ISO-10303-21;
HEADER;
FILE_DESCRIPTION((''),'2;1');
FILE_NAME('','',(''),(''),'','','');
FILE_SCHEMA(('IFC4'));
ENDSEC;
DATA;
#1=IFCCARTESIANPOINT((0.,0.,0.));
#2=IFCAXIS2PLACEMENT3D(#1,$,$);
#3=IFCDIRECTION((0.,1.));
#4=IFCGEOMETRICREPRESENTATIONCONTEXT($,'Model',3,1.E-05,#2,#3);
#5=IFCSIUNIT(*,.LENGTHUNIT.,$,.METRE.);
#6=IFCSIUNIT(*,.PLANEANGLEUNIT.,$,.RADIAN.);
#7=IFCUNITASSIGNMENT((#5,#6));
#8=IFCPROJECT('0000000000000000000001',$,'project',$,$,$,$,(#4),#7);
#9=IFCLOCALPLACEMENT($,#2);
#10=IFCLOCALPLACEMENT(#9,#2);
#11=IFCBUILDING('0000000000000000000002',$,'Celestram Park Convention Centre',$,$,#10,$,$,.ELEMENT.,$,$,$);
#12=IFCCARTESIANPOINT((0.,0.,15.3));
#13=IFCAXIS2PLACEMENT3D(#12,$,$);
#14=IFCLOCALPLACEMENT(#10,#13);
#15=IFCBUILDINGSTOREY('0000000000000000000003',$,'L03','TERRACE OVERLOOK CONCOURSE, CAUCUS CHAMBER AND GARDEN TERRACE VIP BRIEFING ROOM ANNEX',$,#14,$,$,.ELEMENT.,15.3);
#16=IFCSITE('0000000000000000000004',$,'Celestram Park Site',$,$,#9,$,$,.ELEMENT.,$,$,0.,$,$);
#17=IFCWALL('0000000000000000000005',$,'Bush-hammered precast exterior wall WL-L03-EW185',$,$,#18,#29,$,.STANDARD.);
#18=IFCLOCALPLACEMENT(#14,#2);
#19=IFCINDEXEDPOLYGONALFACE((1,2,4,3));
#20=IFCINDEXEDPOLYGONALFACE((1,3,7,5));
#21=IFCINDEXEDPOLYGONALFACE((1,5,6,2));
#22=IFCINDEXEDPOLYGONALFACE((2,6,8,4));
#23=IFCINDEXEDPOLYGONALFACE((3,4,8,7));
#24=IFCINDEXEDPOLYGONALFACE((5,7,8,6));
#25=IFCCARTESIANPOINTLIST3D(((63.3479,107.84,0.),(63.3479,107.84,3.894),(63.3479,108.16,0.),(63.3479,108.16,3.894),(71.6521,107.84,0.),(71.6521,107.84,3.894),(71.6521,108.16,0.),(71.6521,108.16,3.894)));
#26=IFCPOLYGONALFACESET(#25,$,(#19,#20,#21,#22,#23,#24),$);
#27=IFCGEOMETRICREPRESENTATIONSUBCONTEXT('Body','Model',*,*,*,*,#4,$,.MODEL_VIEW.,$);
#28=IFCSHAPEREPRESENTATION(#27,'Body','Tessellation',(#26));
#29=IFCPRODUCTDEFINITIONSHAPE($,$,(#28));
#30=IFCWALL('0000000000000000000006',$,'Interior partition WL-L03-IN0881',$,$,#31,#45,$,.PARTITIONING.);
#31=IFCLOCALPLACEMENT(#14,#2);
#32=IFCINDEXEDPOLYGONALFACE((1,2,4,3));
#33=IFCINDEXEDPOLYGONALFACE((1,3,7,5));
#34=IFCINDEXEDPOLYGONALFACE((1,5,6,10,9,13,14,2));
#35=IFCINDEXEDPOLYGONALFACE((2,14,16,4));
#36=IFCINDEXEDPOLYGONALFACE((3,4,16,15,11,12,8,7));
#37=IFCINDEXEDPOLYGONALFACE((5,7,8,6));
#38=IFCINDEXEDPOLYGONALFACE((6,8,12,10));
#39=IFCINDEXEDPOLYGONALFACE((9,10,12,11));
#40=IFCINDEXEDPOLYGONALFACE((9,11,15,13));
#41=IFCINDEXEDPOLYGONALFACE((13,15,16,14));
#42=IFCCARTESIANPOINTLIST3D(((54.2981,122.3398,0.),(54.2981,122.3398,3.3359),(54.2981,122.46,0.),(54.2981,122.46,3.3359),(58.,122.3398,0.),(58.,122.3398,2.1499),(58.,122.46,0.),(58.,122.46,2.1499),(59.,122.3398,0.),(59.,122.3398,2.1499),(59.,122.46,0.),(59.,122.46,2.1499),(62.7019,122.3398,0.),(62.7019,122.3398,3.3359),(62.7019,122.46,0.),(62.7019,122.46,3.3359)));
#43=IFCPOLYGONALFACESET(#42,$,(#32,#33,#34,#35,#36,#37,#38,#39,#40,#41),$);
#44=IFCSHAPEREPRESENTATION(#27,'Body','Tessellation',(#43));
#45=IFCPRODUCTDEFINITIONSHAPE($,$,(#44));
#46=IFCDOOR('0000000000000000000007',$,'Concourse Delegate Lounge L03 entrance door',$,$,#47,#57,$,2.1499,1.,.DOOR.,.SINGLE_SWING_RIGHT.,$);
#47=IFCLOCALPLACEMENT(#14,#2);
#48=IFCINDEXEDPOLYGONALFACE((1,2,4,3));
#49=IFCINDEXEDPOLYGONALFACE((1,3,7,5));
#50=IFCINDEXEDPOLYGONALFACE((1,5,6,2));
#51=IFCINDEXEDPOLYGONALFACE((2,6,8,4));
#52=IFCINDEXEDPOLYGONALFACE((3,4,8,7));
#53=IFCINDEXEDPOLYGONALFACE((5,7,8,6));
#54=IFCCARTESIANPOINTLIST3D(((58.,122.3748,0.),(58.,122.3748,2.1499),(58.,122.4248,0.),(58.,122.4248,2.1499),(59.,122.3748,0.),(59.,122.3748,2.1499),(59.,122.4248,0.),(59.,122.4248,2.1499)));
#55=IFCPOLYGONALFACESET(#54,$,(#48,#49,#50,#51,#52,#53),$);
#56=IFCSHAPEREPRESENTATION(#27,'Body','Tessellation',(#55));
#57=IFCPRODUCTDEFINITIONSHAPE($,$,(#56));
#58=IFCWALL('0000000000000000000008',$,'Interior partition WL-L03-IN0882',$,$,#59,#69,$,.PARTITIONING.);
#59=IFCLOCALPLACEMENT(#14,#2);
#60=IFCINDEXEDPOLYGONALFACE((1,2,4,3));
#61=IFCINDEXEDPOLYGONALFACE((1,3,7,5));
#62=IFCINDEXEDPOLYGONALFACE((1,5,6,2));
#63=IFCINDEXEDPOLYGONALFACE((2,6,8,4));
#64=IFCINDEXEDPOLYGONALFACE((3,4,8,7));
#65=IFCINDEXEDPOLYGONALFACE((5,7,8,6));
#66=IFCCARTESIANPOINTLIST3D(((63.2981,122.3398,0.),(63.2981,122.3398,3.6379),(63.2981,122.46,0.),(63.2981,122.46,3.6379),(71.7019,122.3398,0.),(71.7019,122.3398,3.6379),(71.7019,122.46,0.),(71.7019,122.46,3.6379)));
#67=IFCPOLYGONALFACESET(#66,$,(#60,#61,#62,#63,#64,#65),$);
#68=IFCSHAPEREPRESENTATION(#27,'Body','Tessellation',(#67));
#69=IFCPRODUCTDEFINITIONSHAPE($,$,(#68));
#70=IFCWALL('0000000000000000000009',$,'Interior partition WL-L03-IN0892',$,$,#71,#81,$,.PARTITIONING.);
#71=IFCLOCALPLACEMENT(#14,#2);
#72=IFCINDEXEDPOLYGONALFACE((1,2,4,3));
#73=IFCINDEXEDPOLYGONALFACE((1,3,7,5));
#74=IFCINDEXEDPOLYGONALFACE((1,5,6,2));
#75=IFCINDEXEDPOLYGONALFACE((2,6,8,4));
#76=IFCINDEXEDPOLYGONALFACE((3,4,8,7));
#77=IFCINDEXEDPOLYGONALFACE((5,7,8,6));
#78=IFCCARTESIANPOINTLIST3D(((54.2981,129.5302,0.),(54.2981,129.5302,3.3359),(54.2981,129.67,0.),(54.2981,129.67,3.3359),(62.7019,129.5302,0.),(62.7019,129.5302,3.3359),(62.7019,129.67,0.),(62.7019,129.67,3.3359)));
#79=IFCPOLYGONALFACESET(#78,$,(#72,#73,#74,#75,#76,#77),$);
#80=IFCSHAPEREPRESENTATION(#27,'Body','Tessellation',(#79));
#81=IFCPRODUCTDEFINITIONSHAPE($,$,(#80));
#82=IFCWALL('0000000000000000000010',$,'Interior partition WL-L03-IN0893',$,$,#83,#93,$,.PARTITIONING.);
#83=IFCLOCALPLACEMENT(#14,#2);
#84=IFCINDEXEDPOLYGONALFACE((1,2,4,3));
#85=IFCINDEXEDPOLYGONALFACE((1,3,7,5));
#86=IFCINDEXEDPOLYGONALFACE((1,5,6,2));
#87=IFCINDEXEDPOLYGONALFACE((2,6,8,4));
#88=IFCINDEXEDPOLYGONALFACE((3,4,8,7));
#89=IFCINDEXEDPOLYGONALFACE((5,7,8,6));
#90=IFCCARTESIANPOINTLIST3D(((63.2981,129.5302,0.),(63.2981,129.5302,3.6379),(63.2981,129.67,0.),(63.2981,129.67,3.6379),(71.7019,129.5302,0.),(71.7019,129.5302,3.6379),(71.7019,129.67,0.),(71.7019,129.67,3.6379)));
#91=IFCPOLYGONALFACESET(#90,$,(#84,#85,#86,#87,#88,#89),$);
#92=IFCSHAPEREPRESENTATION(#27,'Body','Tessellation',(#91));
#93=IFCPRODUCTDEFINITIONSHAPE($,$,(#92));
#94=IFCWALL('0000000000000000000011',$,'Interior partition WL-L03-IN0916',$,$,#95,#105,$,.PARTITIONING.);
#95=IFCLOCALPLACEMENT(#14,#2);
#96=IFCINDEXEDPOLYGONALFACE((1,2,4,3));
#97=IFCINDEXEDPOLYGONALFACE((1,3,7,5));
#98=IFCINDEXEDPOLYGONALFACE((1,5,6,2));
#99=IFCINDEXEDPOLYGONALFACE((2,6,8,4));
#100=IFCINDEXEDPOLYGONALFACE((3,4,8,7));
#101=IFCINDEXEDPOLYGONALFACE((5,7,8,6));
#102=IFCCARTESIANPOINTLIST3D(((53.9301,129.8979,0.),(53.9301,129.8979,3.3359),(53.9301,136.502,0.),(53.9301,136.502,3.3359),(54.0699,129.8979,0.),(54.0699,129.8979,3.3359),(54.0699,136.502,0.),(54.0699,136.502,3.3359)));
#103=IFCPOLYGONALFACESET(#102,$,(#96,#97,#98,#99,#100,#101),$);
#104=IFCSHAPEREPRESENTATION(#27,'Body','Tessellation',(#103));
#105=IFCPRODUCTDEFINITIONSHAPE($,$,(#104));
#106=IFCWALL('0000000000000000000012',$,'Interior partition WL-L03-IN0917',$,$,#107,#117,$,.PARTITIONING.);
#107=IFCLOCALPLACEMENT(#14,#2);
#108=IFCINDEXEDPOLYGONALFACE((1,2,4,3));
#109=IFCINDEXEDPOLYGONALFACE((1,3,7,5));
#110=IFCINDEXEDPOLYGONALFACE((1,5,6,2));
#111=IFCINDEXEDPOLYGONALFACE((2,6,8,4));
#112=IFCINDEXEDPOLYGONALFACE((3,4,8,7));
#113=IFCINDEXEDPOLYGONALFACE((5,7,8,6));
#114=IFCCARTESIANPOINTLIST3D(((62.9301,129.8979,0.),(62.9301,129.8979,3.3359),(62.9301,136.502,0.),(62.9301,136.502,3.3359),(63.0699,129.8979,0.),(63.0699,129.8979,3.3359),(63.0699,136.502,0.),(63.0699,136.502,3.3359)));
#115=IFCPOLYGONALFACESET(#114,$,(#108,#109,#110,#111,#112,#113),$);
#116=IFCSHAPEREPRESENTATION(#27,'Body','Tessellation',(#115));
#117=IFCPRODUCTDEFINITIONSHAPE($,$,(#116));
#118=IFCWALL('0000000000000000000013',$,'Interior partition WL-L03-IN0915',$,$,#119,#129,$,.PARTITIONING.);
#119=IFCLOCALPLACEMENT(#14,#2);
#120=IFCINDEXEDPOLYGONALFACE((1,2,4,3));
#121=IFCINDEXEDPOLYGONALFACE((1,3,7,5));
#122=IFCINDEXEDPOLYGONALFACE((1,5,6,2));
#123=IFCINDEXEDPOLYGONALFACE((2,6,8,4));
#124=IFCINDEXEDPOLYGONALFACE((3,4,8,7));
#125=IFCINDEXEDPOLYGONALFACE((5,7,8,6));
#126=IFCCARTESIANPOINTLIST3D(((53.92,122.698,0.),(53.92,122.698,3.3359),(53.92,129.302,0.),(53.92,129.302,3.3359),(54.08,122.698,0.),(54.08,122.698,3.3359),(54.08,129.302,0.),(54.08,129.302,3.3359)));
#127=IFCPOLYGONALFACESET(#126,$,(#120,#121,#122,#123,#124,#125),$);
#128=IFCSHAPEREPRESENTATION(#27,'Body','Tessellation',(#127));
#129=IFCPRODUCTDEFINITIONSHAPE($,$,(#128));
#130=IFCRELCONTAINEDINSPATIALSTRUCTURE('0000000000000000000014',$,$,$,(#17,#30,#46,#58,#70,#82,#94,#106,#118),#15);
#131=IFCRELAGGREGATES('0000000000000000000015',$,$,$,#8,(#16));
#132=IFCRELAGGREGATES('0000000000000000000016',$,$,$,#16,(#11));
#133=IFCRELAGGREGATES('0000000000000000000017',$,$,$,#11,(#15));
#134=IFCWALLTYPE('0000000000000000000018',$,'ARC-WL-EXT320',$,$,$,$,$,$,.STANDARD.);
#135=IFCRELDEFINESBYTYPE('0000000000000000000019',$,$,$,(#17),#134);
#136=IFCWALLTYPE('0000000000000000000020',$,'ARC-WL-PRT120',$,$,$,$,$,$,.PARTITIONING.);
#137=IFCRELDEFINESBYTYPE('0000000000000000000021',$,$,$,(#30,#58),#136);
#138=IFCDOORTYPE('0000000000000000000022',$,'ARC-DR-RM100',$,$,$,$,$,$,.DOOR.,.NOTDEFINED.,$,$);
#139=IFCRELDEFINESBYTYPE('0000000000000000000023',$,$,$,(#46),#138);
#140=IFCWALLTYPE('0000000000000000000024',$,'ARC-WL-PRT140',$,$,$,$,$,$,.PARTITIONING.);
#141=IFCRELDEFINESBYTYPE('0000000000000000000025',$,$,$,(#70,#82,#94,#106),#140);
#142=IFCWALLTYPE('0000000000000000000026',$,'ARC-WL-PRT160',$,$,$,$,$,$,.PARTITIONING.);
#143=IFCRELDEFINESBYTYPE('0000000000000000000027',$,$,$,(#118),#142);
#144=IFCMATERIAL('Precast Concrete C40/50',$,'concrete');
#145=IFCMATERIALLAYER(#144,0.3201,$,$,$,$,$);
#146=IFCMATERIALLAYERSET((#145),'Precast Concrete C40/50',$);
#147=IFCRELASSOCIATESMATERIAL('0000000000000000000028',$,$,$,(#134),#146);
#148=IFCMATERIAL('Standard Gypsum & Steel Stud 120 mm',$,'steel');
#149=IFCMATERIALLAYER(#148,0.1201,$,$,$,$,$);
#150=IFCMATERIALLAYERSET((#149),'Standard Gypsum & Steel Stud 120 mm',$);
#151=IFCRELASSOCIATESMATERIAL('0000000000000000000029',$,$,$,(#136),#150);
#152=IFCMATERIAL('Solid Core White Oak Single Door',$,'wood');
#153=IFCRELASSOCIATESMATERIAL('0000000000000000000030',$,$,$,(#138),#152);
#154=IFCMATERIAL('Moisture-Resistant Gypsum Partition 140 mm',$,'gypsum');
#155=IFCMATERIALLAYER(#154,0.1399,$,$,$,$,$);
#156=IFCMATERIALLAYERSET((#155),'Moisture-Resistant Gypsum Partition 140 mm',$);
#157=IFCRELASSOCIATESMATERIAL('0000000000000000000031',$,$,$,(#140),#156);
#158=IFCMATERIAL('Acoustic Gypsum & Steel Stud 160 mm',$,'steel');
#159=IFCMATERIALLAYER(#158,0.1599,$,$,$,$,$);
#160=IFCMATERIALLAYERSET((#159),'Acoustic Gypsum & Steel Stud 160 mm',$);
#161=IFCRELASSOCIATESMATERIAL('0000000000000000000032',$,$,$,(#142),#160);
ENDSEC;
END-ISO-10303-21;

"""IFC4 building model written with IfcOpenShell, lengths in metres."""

from ifc_helpers import new_model, si_unit, direction, frame, frame_2d, origin, place, context, subcontext, project, spatial, rectangle, extrude, material, layer, layer_set, type_object, element, fill, save


model = new_model("IFC4")

# Units and contexts
model_context = context("Model", 3, precision=1e-05, world=origin(), true_north=direction((0.0, 1.0)))
body_context = subcontext(model_context, "Body", "Model", "MODEL_VIEW")
ifc_project = project(units=[si_unit("LENGTHUNIT", "METRE"), si_unit("PLANEANGLEUNIT", "RADIAN")], contexts=[model_context])

# Site, building, storey
site_placement = place(None, origin())
site = spatial("IfcSite", under=ifc_project, at=site_placement, Name="Celestram Park Site", CompositionType="ELEMENT", RefElevation=0.0)
building_placement = place(site_placement, origin())
building = spatial("IfcBuilding", under=site, at=building_placement, Name="Celestram Park Convention Centre", CompositionType="ELEMENT")
storey_placement = place(building_placement, frame((0.0, 0.0, 15.3)))
storey = spatial("IfcBuildingStorey", under=building, at=storey_placement, Name="L03", Description="TERRACE OVERLOOK CONCOURSE, CAUCUS CHAMBER AND GARDEN TERRACE VIP BRIEFING ROOM ANNEX", CompositionType="ELEMENT", Elevation=15.3)

# Wall
ifc_material_1 = material(Name="Precast Concrete C40/50", Category="concrete")
ifc_layer_1 = layer(ifc_material_1, 0.3201)
ifc_layer_set_1 = layer_set([ifc_layer_1], Name="Precast Concrete C40/50")
wall_type_1 = type_object("IfcWallType", Name="ARC-WL-EXT320", PredefinedType="STANDARD", material=ifc_layer_set_1)
wall_1_placement = place(storey_placement, frame((71.6521, 108.0, 0.0), z_axis=(0.0, 0.0, 1.0), x_axis=(-1.0, 0.0, 0.0)))
element("IfcWall", 1, at=wall_1_placement, inside=storey, type_object=wall_type_1, Name="Bush-hammered precast exterior wall WL-L03-EW185", PredefinedType="STANDARD", context=body_context, shape_type="SweptSolid", body=[
    extrude(rectangle(XDim=8.3042, YDim=0.3201, at=frame_2d((4.1521, 0.0))), origin(), (0.0, 0.0, 1.0), 3.894),
])

# Wall, opening, door
ifc_material_2 = material(Name="Standard Gypsum & Steel Stud 120 mm", Category="steel")
ifc_layer_2 = layer(ifc_material_2, 0.1201)
ifc_layer_set_2 = layer_set([ifc_layer_2], Name="Standard Gypsum & Steel Stud 120 mm")
wall_type_2 = type_object("IfcWallType", Name="ARC-WL-PRT120", PredefinedType="PARTITIONING", material=ifc_layer_set_2)
wall_2_placement = place(storey_placement, frame((54.2981, 122.3999, 0.0), z_axis=(0.0, 0.0, 1.0), x_axis=(1.0, 0.0, 0.0)))
wall_2 = element("IfcWall", 2, at=wall_2_placement, inside=storey, type_object=wall_type_2, Name="Interior partition WL-L03-IN0881", PredefinedType="PARTITIONING", context=body_context, shape_type="SweptSolid", body=[
    extrude(rectangle(XDim=8.4038, YDim=0.1201, at=frame_2d((4.2019, 0.0))), origin(), (0.0, 0.0, 1.0), 3.3359),
])
opening_placement = place(wall_2_placement, frame((3.7019, 0.0, 0.0)))
opening = element("IfcOpeningElement", 3, at=opening_placement, cuts=wall_2, PredefinedType="OPENING", context=body_context, shape_type="SweptSolid", body=[
    extrude(rectangle(XDim=1.0, YDim=2.1499, at=frame_2d((0.5, 1.075))), frame((0.0, 0.0701, 0.0), z_axis=(0.0, -1.0, 0.0), x_axis=(1.0, 0.0, 0.0)), (0.0, 0.0, 1.0), 0.1401),
])
ifc_material_3 = material(Name="Solid Core White Oak Single Door", Category="wood")
door_type = type_object("IfcDoorType", Name="ARC-DR-RM100", OperationType="NOTDEFINED", PredefinedType="DOOR", material=ifc_material_3)
door_placement = place(opening_placement, origin())
door = element("IfcDoor", 4, at=door_placement, inside=storey, type_object=door_type, Name="Concourse Delegate Lounge L03 entrance door", OperationType="SINGLE_SWING_RIGHT", OverallHeight=2.1499, OverallWidth=1.0, PredefinedType="DOOR", context=body_context, shape_type="SweptSolid", body=[
    extrude(rectangle(XDim=1.0, YDim=2.1499, at=frame_2d((0.5, 1.075))), frame((0.0, 0.0249, 0.0), z_axis=(0.0, -1.0, 0.0), x_axis=(1.0, 0.0, 0.0)), (0.0, 0.0, 1.0), 0.05),
])
fill(opening, door)

# Walls
wall_3_placement = place(storey_placement, frame((63.2981, 122.3999, 0.0), z_axis=(0.0, 0.0, 1.0), x_axis=(1.0, 0.0, 0.0)))
element("IfcWall", 5, at=wall_3_placement, inside=storey, type_object=wall_type_2, Name="Interior partition WL-L03-IN0882", PredefinedType="PARTITIONING", context=body_context, shape_type="SweptSolid", body=[
    extrude(rectangle(XDim=8.4038, YDim=0.1201, at=frame_2d((4.2019, 0.0))), origin(), (0.0, 0.0, 1.0), 3.6379),
])
ifc_material_4 = material(Name="Moisture-Resistant Gypsum Partition 140 mm", Category="gypsum")
ifc_layer_3 = layer(ifc_material_4, 0.1399)
ifc_layer_set_3 = layer_set([ifc_layer_3], Name="Moisture-Resistant Gypsum Partition 140 mm")
wall_type_3 = type_object("IfcWallType", Name="ARC-WL-PRT140", PredefinedType="PARTITIONING", material=ifc_layer_set_3)
wall_4_placement = place(storey_placement, frame((54.2981, 129.6001, 0.0), z_axis=(0.0, 0.0, 1.0), x_axis=(1.0, 0.0, 0.0)))
element("IfcWall", 6, at=wall_4_placement, inside=storey, type_object=wall_type_3, Name="Interior partition WL-L03-IN0892", PredefinedType="PARTITIONING", context=body_context, shape_type="SweptSolid", body=[
    extrude(rectangle(XDim=8.4038, YDim=0.1399, at=frame_2d((4.2019, 0.0))), origin(), (0.0, 0.0, 1.0), 3.3359),
])
wall_5_placement = place(storey_placement, frame((63.2981, 129.6001, 0.0), z_axis=(0.0, 0.0, 1.0), x_axis=(1.0, 0.0, 0.0)))
element("IfcWall", 7, at=wall_5_placement, inside=storey, type_object=wall_type_3, Name="Interior partition WL-L03-IN0893", PredefinedType="PARTITIONING", context=body_context, shape_type="SweptSolid", body=[
    extrude(rectangle(XDim=8.4038, YDim=0.1399, at=frame_2d((4.2019, 0.0))), origin(), (0.0, 0.0, 1.0), 3.6379),
])
for number, where, z_axis, x_axis, name in (
    (8, (54.0, 129.8979, 0.0), (0.0, 0.0, 1.0), (0.0, 1.0, 0.0), "Interior partition WL-L03-IN0916"),
    (9, (63.0, 129.8979, 0.0), (0.0, 0.0, 1.0), (0.0, 1.0, 0.0), "Interior partition WL-L03-IN0917"),
):
    element("IfcWall", number, at=place(storey_placement, frame(where, z_axis=z_axis, x_axis=x_axis)), inside=storey, type_object=wall_type_3, Name=name, PredefinedType="PARTITIONING", context=body_context, shape_type="SweptSolid", body=[
        extrude(rectangle(XDim=6.604, YDim=0.1399, at=frame_2d((3.302, 0.0))), origin(), (0.0, 0.0, 1.0), 3.3359),
    ])
ifc_material_5 = material(Name="Acoustic Gypsum & Steel Stud 160 mm", Category="steel")
ifc_layer_4 = layer(ifc_material_5, 0.1599)
ifc_layer_set_4 = layer_set([ifc_layer_4], Name="Acoustic Gypsum & Steel Stud 160 mm")
wall_type_4 = type_object("IfcWallType", Name="ARC-WL-PRT160", PredefinedType="PARTITIONING", material=ifc_layer_set_4)
wall_6_placement = place(storey_placement, frame((54.0, 122.698, 0.0), z_axis=(0.0, 0.0, 1.0), x_axis=(0.0, 1.0, 0.0)))
element("IfcWall", 10, at=wall_6_placement, inside=storey, type_object=wall_type_4, Name="Interior partition WL-L03-IN0915", PredefinedType="PARTITIONING", context=body_context, shape_type="SweptSolid", body=[
    extrude(rectangle(XDim=6.604, YDim=0.1599, at=frame_2d((3.302, 0.0))), origin(), (0.0, 0.0, 1.0), 3.3359),
])

save(model, "model.ifc")
